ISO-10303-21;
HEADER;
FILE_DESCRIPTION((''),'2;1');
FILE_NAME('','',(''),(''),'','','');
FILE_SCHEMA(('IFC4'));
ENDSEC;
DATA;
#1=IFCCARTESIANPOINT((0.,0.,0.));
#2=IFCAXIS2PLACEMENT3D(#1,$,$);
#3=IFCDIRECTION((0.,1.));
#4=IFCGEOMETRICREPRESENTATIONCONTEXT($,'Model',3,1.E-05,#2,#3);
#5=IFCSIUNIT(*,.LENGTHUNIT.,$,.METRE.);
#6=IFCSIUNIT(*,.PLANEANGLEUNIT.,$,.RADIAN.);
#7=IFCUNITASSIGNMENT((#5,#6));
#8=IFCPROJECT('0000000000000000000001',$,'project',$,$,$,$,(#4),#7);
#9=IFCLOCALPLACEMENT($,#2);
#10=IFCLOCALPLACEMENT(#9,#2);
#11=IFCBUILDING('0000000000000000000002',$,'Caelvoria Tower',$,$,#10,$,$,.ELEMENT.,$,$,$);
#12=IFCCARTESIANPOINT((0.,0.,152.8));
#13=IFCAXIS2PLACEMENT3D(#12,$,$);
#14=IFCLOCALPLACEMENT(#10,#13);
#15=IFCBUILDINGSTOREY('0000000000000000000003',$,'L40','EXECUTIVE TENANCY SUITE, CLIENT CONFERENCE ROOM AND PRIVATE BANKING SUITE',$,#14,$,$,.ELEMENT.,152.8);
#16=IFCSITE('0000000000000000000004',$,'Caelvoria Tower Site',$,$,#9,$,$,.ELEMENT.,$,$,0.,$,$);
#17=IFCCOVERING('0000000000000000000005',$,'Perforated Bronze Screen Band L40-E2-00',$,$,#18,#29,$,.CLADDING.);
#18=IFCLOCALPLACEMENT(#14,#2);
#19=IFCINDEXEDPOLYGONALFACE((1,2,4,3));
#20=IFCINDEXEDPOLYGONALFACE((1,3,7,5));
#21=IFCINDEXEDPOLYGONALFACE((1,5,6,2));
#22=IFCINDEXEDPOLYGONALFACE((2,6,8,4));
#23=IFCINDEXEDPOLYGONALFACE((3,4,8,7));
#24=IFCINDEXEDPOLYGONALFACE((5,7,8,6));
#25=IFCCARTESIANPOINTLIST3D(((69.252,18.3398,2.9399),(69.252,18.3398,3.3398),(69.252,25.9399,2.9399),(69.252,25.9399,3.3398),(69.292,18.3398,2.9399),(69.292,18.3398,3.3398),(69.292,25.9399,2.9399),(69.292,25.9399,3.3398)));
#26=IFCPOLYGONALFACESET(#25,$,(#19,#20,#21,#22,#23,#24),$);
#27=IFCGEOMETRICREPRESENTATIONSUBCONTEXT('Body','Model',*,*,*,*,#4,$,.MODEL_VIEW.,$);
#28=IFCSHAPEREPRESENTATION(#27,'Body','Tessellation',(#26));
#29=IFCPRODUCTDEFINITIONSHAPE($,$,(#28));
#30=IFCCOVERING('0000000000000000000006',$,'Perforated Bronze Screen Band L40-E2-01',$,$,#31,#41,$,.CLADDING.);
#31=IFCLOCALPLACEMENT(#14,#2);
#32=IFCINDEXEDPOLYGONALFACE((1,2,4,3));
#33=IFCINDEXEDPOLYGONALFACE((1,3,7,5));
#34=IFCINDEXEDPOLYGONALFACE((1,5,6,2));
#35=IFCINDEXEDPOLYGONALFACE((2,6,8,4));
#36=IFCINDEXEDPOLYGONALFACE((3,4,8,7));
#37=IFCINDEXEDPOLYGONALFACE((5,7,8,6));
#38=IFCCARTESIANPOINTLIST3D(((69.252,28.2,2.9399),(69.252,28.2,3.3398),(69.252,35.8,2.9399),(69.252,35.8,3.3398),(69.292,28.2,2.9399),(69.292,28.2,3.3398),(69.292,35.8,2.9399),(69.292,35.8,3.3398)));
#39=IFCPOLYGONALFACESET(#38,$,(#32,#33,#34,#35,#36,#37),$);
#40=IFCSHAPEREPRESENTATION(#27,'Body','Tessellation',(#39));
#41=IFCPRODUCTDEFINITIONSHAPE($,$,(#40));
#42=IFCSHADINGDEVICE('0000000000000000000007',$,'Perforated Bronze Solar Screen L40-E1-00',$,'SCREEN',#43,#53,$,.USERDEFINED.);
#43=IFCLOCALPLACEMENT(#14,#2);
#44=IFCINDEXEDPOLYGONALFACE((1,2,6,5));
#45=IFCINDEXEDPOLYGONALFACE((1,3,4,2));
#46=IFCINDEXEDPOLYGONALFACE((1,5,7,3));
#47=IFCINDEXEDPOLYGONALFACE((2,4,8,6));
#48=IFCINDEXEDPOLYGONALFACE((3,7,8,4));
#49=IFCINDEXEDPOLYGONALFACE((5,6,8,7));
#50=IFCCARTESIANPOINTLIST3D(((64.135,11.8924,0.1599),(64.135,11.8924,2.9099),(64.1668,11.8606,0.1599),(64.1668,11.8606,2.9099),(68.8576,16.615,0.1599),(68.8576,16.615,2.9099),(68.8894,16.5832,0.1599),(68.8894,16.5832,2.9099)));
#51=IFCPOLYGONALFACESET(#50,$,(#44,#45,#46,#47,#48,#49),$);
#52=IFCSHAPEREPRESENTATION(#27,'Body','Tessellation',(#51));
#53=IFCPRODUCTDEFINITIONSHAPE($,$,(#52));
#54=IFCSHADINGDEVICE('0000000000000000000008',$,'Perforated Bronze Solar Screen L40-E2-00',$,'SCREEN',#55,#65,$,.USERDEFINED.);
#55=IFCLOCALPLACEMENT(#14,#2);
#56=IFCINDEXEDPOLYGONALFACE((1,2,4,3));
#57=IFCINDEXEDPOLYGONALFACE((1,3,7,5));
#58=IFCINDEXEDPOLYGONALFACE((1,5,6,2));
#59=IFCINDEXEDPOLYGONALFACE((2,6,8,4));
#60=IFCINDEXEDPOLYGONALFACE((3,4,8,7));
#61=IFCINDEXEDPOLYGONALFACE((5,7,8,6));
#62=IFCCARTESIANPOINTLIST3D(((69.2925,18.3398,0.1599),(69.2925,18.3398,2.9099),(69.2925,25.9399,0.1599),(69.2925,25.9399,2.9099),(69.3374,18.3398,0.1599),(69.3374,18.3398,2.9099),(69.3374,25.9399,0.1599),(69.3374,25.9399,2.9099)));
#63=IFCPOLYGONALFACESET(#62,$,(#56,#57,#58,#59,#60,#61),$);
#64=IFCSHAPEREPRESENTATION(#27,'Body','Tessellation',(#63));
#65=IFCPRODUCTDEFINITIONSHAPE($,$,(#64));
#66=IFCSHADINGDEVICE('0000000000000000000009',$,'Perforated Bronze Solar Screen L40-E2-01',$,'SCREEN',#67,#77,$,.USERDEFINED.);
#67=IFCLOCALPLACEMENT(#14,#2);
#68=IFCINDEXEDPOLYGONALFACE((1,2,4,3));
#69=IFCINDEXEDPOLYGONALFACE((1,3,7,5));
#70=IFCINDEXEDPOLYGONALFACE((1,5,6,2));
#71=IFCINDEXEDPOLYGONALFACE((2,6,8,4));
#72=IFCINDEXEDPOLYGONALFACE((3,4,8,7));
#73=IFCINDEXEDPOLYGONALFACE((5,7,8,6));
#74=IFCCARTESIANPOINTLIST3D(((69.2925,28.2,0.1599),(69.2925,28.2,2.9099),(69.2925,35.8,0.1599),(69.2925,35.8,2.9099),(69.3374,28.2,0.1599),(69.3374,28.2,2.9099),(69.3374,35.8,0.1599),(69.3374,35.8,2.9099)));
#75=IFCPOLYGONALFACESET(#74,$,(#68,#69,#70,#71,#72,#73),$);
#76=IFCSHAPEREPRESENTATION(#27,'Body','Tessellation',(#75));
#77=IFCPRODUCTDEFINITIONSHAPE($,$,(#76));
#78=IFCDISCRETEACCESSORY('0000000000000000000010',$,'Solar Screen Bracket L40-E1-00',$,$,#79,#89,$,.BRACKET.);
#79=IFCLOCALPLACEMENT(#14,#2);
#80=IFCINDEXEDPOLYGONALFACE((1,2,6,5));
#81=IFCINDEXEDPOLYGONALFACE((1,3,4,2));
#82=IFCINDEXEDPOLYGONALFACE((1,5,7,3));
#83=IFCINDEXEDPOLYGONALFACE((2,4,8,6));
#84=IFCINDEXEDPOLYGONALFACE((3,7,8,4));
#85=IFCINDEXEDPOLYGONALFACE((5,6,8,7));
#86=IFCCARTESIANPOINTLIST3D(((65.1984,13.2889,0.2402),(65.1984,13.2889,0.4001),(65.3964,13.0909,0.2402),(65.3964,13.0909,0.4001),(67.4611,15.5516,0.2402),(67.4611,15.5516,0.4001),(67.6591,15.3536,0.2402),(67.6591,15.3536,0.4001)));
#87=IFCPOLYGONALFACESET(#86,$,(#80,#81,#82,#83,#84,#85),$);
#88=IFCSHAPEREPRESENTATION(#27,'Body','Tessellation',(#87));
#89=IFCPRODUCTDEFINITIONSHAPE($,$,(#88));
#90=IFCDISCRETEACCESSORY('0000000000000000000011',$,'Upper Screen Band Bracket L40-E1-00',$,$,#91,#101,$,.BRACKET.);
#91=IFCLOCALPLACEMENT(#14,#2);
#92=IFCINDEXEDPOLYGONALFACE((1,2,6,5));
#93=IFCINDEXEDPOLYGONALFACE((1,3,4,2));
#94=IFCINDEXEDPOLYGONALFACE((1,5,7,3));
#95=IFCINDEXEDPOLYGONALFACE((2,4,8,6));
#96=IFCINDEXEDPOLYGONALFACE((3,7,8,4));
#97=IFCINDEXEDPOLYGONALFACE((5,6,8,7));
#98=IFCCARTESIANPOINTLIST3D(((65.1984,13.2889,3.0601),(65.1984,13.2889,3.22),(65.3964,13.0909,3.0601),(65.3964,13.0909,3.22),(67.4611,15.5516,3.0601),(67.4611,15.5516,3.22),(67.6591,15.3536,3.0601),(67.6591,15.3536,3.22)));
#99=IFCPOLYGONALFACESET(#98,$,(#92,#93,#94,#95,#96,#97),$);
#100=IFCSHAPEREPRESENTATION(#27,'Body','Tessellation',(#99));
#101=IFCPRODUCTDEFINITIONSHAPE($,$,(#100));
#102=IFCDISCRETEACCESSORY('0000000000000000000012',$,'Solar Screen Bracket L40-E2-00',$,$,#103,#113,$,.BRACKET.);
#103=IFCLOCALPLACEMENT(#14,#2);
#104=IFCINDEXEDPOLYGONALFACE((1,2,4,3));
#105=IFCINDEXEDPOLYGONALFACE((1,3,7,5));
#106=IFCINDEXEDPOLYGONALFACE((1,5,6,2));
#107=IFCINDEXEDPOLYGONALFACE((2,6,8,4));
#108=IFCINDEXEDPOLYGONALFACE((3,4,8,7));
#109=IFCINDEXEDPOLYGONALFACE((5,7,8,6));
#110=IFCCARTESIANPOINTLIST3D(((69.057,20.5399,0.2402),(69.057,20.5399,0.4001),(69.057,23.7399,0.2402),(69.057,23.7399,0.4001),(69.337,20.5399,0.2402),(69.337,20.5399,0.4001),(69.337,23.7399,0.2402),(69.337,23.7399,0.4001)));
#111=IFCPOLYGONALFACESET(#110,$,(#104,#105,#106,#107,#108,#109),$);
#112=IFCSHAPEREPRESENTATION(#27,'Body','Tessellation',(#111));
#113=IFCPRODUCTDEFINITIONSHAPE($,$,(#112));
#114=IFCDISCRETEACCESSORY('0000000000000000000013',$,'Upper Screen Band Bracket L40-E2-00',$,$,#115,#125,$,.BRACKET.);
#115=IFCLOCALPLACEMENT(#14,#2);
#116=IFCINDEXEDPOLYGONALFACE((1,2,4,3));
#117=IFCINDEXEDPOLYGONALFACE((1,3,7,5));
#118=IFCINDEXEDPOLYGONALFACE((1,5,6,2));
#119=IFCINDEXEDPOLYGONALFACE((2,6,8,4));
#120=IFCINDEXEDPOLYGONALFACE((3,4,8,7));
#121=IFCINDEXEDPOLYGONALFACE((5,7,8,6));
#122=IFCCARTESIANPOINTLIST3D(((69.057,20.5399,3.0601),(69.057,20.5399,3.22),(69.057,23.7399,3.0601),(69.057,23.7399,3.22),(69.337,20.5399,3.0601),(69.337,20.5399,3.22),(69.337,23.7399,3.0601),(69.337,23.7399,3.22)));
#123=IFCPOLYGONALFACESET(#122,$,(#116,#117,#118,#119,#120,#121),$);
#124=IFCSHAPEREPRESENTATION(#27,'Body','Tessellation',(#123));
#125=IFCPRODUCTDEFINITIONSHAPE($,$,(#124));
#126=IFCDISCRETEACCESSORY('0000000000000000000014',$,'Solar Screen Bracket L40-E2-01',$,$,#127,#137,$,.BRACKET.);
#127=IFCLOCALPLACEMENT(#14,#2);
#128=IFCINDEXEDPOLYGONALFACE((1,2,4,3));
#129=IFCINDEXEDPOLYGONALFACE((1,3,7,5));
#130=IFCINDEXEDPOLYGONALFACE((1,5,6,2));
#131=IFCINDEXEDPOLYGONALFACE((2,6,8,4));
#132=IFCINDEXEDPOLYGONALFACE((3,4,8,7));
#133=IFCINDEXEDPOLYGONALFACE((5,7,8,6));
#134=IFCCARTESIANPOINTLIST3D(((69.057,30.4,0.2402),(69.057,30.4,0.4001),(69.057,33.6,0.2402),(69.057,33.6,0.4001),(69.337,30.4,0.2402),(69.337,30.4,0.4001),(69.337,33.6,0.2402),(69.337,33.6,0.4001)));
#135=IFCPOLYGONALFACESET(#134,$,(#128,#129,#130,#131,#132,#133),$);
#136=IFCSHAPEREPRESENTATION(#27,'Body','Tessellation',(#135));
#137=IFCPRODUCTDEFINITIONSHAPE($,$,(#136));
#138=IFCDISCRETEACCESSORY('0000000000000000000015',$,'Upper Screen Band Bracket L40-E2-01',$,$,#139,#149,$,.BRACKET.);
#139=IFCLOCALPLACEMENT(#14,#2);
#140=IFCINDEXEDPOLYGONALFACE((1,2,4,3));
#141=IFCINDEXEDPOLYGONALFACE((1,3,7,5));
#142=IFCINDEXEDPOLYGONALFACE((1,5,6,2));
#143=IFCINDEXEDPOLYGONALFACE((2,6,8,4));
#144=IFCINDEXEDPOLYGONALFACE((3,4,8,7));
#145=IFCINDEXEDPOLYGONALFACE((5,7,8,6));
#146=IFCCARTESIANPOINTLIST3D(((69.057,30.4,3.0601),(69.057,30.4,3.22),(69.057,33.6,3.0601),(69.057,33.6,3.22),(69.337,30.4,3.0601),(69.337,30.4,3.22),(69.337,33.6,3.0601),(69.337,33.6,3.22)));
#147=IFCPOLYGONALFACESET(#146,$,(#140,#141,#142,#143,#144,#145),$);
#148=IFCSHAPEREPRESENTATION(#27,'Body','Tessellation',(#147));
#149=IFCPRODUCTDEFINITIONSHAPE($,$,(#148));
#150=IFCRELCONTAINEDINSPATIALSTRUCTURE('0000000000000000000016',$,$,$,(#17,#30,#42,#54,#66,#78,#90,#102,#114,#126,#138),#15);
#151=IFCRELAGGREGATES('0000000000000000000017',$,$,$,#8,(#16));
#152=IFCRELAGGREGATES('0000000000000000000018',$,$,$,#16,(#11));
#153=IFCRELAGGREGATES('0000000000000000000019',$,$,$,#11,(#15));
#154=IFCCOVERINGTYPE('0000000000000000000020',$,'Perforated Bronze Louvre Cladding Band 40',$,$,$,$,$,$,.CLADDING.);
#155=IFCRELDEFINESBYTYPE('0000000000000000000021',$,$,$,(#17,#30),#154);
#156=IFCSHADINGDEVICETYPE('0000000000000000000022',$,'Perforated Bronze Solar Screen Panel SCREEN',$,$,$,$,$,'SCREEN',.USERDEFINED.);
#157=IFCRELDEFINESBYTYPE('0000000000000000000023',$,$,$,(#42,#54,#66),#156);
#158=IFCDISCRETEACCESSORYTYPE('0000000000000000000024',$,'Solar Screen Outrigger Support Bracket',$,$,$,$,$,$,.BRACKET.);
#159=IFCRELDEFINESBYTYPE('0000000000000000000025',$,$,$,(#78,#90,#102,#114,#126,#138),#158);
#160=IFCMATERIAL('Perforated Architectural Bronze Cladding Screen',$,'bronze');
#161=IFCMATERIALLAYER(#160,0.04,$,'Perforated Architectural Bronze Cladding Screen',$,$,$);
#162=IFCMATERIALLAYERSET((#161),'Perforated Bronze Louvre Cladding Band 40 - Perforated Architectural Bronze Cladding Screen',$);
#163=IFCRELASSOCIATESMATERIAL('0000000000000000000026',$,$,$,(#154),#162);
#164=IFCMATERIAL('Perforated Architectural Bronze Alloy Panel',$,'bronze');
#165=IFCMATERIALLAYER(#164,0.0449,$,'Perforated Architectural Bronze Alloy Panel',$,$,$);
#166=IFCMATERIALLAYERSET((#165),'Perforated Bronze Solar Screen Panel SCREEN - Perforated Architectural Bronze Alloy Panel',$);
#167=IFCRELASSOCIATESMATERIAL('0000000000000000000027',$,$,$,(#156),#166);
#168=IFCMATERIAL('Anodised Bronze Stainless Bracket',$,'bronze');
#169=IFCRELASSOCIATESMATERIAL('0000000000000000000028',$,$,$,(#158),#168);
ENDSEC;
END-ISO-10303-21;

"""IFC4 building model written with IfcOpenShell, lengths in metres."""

from ifc_helpers import new_model, si_unit, direction, frame, origin, origin_2d, place, context, subcontext, project, spatial, rectangle, extrude, material, layer, layer_set, type_object, element, save


model = new_model("IFC4")

# Units and contexts
model_context = context("Model", 3, precision=1e-05, world=origin(), true_north=direction((0.0, 1.0)))
body_context = subcontext(model_context, "Body", "Model", "MODEL_VIEW")
ifc_project = project(units=[si_unit("LENGTHUNIT", "METRE"), si_unit("PLANEANGLEUNIT", "RADIAN")], contexts=[model_context])

# Site, building, storey
site_placement = place(None, origin())
site = spatial("IfcSite", under=ifc_project, at=site_placement, Name="Caelvoria Tower Site", CompositionType="ELEMENT", RefElevation=0.0)
building_placement = place(site_placement, origin())
building = spatial("IfcBuilding", under=site, at=building_placement, Name="Caelvoria Tower", CompositionType="ELEMENT")
storey_placement = place(building_placement, frame((0.0, 0.0, 152.8)))
storey = spatial("IfcBuildingStorey", under=building, at=storey_placement, Name="L40", Description="EXECUTIVE TENANCY SUITE, CLIENT CONFERENCE ROOM AND PRIVATE BANKING SUITE", CompositionType="ELEMENT", Elevation=152.8)

# Coverings
ifc_material_1 = material(Name="Perforated Architectural Bronze Cladding Screen", Category="bronze")
ifc_layer_1 = layer(ifc_material_1, 0.04, Name="Perforated Architectural Bronze Cladding Screen")
ifc_layer_set_1 = layer_set([ifc_layer_1], Name="Perforated Bronze Louvre Cladding Band 40 - Perforated Architectural Bronze Cladding Screen")
covering_type = type_object("IfcCoveringType", Name="Perforated Bronze Louvre Cladding Band 40", PredefinedType="CLADDING", material=ifc_layer_set_1)
for number, where, z_axis, x_axis, name in (
    (1, (69.272, 22.1399, 2.9399), (0.0, 0.0, 1.0), (0.0, 1.0, 0.0), "Perforated Bronze Screen Band L40-E2-00"),
    (2, (69.272, 32.0, 2.9399), (0.0, 0.0, 1.0), (0.0, 1.0, 0.0), "Perforated Bronze Screen Band L40-E2-01"),
):
    element("IfcCovering", number, at=place(storey_placement, frame(where, z_axis=z_axis, x_axis=x_axis)), inside=storey, type_object=covering_type, Name=name, PredefinedType="CLADDING", context=body_context, shape_type="SweptSolid", body=[
        extrude(rectangle(XDim=7.6001, YDim=0.04, at=origin_2d()), origin(), (0.0, 0.0, 1.0), 0.3999),
    ])

# Shading devices
ifc_material_2 = material(Name="Perforated Architectural Bronze Alloy Panel", Category="bronze")
ifc_layer_2 = layer(ifc_material_2, 0.0449, Name="Perforated Architectural Bronze Alloy Panel")
ifc_layer_set_2 = layer_set([ifc_layer_2], Name="Perforated Bronze Solar Screen Panel SCREEN - Perforated Architectural Bronze Alloy Panel")
shading_device_type = type_object("IfcShadingDeviceType", Name="Perforated Bronze Solar Screen Panel SCREEN", ElementType="SCREEN", PredefinedType="USERDEFINED", material=ifc_layer_set_2)
shading_device_placement = place(storey_placement, frame((66.5122, 14.2378, 0.1599), z_axis=(0.0, 0.0, 1.0), x_axis=(0.707107, 0.707107, 0.0)))
element("IfcShadingDevice", 3, at=shading_device_placement, inside=storey, type_object=shading_device_type, Name="Perforated Bronze Solar Screen L40-E1-00", ObjectType="SCREEN", PredefinedType="USERDEFINED", context=body_context, shape_type="SweptSolid", body=[
    extrude(rectangle(XDim=6.6787, YDim=0.0449, at=origin_2d()), origin(), (0.0, 0.0, 1.0), 2.75),
])
for number, where, z_axis, x_axis, name in (
    (4, (69.3149, 22.1399, 0.1599), (0.0, 0.0, 1.0), (0.0, 1.0, 0.0), "Perforated Bronze Solar Screen L40-E2-00"),
    (5, (69.3149, 32.0, 0.1599), (0.0, 0.0, 1.0), (0.0, 1.0, 0.0), "Perforated Bronze Solar Screen L40-E2-01"),
):
    element("IfcShadingDevice", number, at=place(storey_placement, frame(where, z_axis=z_axis, x_axis=x_axis)), inside=storey, type_object=shading_device_type, Name=name, ObjectType="SCREEN", PredefinedType="USERDEFINED", context=body_context, shape_type="SweptSolid", body=[
        extrude(rectangle(XDim=7.6001, YDim=0.0449, at=origin_2d()), origin(), (0.0, 0.0, 1.0), 2.75),
    ])

# Discrete accessories
ifc_material_3 = material(Name="Anodised Bronze Stainless Bracket", Category="bronze")
discrete_accessory_type = type_object("IfcDiscreteAccessoryType", Name="Solar Screen Outrigger Support Bracket", PredefinedType="BRACKET", material=ifc_material_3)
for number, where, z_axis, x_axis, name in (
    (6, (66.4287, 14.3213, 0.2402), (0.0, 0.0, 1.0), (0.707107, 0.707107, 0.0), "Solar Screen Bracket L40-E1-00"),
    (7, (66.4287, 14.3213, 3.0601), (0.0, 0.0, 1.0), (0.707107, 0.707107, 0.0), "Upper Screen Band Bracket L40-E1-00"),
    (8, (69.197, 22.1399, 0.2402), (0.0, 0.0, 1.0), (0.0, 1.0, 0.0), "Solar Screen Bracket L40-E2-00"),
    (9, (69.197, 22.1399, 3.0601), (0.0, 0.0, 1.0), (0.0, 1.0, 0.0), "Upper Screen Band Bracket L40-E2-00"),
    (10, (69.197, 32.0, 0.2402), (0.0, 0.0, 1.0), (0.0, 1.0, 0.0), "Solar Screen Bracket L40-E2-01"),
    (11, (69.197, 32.0, 3.0601), (0.0, 0.0, 1.0), (0.0, 1.0, 0.0), "Upper Screen Band Bracket L40-E2-01"),
):
    element("IfcDiscreteAccessory", number, at=place(storey_placement, frame(where, z_axis=z_axis, x_axis=x_axis)), inside=storey, type_object=discrete_accessory_type, Name=name, PredefinedType="BRACKET", context=body_context, shape_type="SweptSolid", body=[
        extrude(rectangle(XDim=3.2, YDim=0.28, at=origin_2d()), origin(), (0.0, 0.0, 1.0), 0.1599),
    ])

save(model, "model.ifc")
